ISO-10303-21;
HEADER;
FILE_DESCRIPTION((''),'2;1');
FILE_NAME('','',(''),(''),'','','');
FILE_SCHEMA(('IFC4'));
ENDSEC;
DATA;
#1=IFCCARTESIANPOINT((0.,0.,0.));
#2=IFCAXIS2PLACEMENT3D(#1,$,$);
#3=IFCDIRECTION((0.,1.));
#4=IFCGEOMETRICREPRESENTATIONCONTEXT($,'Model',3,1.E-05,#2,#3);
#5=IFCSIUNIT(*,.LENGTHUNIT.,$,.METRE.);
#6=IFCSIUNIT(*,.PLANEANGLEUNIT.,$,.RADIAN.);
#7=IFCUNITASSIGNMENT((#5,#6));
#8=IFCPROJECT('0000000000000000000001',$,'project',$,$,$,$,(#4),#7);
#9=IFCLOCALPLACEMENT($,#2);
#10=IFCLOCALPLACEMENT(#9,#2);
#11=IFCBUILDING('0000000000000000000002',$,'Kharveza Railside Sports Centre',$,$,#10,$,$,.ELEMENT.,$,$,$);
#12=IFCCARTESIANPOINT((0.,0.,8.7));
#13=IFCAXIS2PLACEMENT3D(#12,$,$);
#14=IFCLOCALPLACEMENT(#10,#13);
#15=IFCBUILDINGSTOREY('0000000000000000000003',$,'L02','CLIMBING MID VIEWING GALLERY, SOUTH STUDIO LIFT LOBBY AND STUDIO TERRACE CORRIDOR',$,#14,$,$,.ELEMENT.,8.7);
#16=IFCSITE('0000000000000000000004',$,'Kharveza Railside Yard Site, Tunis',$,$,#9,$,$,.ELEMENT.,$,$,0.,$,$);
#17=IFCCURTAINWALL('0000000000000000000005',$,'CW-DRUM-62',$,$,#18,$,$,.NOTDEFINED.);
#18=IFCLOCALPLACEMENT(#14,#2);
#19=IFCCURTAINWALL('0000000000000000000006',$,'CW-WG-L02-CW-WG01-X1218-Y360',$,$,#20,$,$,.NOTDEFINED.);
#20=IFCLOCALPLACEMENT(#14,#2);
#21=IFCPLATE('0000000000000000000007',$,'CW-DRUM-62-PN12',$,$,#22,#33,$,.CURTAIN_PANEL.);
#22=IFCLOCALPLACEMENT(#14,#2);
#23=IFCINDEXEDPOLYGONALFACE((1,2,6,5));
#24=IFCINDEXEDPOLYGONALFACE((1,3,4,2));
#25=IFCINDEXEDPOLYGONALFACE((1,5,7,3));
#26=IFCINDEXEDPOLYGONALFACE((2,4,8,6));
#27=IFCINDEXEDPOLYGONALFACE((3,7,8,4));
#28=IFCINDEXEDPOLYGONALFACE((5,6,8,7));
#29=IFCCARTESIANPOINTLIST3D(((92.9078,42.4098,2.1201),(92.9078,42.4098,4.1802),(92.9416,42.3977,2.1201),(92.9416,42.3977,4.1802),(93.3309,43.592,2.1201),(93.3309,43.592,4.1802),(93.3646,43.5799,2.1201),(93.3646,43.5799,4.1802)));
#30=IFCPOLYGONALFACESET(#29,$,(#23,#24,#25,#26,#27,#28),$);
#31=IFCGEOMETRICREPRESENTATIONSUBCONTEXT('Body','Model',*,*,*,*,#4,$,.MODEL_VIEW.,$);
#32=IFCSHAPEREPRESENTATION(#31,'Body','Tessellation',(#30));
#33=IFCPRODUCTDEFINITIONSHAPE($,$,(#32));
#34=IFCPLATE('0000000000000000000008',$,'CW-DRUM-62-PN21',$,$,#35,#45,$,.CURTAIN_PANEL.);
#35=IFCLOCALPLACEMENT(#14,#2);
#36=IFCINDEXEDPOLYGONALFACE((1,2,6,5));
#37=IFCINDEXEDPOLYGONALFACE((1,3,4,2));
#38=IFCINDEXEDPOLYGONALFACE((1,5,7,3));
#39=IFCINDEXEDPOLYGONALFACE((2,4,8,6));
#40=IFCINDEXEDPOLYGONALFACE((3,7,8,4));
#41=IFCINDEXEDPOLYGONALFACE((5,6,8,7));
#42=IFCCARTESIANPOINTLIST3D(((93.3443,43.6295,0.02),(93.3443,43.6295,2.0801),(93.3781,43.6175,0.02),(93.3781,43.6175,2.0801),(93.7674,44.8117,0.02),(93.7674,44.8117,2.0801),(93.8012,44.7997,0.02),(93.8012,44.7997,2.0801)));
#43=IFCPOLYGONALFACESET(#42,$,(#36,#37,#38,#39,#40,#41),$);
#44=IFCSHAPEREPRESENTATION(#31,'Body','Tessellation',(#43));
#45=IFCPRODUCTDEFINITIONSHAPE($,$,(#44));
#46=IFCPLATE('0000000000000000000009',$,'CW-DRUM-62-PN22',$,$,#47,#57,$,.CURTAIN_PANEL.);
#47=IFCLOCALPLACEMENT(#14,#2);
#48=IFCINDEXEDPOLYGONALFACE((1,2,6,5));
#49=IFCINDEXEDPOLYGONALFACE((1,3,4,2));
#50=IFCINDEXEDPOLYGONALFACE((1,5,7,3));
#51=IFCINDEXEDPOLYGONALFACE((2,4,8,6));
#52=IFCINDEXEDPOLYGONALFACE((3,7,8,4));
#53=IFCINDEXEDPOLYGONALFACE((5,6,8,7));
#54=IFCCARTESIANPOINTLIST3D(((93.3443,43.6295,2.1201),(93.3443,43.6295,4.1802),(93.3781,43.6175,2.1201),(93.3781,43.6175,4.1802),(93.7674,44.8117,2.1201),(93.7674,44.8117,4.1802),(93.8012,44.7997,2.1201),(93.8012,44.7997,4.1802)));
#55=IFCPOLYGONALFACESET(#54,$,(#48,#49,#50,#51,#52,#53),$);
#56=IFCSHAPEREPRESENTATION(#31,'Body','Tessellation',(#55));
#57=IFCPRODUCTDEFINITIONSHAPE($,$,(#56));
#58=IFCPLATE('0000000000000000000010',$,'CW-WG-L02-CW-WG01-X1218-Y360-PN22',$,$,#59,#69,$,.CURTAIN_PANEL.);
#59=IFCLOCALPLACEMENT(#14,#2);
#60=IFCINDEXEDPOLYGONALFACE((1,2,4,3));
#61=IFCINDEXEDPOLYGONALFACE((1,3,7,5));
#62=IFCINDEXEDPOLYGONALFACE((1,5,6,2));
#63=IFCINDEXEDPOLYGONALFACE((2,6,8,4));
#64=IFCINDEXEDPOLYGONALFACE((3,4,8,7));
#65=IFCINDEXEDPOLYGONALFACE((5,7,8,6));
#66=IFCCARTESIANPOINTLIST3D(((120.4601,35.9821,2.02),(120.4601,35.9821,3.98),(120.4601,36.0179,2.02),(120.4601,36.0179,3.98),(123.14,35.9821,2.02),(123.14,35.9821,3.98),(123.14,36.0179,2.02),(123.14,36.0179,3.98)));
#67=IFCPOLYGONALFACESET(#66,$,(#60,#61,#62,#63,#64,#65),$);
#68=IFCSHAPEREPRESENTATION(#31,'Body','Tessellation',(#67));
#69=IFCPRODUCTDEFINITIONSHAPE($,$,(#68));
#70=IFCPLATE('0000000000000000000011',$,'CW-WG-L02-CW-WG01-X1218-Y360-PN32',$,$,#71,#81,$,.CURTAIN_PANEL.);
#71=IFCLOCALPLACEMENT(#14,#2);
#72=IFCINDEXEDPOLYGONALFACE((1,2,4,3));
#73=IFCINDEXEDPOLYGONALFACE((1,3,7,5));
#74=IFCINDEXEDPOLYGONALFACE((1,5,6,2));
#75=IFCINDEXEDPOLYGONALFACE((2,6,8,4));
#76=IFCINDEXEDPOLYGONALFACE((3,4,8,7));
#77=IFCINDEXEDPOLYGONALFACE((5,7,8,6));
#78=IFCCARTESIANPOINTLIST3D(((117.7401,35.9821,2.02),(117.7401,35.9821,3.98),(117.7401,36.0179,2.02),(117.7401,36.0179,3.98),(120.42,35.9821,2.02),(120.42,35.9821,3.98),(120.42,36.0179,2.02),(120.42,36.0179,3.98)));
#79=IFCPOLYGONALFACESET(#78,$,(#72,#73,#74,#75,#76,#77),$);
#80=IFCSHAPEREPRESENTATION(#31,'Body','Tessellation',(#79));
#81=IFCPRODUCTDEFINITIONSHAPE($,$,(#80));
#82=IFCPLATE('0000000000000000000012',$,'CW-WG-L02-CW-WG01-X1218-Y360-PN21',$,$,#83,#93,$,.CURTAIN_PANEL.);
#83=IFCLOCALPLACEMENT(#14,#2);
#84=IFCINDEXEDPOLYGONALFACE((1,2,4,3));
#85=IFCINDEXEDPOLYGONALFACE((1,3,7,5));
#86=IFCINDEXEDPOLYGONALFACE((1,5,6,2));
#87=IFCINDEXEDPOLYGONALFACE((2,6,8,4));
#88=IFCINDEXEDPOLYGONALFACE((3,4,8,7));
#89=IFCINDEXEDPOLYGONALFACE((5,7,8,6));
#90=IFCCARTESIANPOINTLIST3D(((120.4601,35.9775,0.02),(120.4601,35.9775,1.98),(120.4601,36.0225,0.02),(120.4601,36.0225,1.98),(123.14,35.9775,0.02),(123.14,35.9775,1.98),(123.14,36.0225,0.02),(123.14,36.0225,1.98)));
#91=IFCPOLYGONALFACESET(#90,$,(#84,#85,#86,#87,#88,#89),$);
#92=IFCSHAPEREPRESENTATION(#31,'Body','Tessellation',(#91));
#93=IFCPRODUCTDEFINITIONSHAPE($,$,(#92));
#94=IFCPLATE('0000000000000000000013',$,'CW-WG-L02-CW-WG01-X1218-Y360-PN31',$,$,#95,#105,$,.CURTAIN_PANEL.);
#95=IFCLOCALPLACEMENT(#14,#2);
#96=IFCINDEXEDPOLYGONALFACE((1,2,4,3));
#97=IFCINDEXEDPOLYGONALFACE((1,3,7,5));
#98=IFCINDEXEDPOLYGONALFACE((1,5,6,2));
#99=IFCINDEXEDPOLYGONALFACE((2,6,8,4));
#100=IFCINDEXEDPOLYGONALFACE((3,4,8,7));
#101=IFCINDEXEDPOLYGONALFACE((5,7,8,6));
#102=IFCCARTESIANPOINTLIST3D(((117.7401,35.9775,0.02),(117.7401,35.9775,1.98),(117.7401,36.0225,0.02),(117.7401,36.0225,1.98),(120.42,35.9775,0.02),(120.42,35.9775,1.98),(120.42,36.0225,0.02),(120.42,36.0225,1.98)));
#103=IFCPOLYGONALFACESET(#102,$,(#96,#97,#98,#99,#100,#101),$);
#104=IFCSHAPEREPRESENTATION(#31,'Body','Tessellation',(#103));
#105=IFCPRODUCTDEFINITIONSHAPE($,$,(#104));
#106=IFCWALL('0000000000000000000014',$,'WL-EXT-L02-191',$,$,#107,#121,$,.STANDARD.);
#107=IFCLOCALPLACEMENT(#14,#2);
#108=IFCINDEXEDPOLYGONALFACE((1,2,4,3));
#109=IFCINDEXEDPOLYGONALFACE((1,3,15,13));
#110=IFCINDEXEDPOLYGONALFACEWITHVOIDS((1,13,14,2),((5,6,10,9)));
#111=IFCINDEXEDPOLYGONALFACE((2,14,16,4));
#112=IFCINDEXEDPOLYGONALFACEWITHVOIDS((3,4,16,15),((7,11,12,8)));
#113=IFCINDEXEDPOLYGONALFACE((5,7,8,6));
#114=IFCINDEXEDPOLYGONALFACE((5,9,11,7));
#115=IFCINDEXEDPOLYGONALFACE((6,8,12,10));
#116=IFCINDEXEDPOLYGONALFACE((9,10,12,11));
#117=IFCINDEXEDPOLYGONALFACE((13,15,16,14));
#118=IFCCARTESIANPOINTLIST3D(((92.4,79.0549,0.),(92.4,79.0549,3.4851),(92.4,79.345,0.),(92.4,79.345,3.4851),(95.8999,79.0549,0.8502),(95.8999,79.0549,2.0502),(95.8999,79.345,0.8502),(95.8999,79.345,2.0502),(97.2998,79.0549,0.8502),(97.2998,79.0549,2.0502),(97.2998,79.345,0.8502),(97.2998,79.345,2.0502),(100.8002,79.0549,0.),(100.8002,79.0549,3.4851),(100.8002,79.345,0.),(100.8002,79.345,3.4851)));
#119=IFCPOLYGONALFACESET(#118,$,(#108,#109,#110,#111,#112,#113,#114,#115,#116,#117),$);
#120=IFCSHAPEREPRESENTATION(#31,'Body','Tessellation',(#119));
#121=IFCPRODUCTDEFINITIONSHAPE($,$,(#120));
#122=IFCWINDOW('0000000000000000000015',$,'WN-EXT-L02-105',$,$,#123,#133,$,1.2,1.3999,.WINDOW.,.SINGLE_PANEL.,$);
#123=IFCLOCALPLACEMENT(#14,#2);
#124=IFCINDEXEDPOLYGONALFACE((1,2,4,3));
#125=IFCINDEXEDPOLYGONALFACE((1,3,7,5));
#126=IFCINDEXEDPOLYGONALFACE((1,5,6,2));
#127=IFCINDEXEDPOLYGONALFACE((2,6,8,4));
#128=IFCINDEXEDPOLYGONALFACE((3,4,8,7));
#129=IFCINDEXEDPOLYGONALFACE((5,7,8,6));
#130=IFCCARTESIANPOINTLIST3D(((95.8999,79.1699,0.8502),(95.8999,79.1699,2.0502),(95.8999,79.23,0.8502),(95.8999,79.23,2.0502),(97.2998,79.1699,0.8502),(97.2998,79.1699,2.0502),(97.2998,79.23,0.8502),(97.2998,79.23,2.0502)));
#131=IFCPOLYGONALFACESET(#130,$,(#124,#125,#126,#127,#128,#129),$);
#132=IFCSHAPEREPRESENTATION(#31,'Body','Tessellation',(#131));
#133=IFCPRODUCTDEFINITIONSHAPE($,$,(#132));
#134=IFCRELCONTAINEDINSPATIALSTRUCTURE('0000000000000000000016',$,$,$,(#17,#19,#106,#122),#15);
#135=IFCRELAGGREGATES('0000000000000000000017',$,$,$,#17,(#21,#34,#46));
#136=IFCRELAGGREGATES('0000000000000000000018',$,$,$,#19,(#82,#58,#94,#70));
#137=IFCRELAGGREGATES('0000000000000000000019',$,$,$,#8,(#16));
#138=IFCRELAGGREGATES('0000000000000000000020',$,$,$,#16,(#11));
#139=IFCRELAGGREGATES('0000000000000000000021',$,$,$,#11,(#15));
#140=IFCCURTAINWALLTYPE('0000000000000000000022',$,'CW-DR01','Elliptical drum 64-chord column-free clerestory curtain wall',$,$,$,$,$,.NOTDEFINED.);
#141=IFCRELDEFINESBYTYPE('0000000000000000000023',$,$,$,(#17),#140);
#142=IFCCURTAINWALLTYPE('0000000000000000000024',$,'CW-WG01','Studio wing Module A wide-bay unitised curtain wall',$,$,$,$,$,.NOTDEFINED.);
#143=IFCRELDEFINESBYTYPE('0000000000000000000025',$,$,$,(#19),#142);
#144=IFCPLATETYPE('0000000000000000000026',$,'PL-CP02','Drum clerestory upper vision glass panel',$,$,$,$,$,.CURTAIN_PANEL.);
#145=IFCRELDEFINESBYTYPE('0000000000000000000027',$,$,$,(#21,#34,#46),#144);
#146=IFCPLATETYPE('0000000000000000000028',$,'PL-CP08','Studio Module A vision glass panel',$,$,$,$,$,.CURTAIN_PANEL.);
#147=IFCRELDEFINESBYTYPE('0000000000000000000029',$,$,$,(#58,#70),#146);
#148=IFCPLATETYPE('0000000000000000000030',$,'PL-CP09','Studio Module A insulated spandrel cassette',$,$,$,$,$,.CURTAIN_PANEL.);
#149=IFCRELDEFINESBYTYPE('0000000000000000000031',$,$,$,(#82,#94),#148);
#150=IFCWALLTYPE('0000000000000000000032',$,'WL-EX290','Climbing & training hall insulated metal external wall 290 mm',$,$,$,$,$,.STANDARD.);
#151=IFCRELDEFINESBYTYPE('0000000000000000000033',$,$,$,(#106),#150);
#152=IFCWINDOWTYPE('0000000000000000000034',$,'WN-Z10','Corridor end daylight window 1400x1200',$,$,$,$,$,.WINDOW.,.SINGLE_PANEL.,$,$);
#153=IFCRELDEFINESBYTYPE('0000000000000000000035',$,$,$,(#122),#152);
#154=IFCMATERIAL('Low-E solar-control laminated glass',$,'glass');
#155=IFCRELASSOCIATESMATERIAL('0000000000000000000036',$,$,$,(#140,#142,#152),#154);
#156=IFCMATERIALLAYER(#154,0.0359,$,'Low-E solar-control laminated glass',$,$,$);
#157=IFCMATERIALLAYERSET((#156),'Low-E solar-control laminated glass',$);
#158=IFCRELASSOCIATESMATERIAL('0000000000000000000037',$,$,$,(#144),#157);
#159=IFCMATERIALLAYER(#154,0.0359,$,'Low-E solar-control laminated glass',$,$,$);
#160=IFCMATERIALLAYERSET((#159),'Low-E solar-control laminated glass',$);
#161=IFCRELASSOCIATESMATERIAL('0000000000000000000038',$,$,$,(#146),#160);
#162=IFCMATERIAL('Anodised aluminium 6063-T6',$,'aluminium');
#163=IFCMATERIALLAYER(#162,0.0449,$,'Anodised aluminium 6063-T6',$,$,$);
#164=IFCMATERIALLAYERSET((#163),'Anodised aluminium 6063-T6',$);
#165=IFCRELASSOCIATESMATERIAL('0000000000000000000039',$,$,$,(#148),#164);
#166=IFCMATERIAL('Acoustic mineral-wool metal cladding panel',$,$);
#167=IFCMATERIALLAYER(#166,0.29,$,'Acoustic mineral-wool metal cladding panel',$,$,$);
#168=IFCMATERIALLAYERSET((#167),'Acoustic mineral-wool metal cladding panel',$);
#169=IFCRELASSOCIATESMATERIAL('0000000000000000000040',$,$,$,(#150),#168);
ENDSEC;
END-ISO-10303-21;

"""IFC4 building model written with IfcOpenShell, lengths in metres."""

from ifc_helpers import new_model, si_unit, direction, frame, frame_2d, origin, origin_2d, place, context, subcontext, project, spatial, rectangle, extrude, material, layer, layer_set, type_object, element, fill, aggregate, save


model = new_model("IFC4")

# Units and contexts
model_context = context("Model", 3, precision=1e-05, world=origin(), true_north=direction((0.0, 1.0)))
body_context = subcontext(model_context, "Body", "Model", "MODEL_VIEW")
ifc_project = project(units=[si_unit("LENGTHUNIT", "METRE"), si_unit("PLANEANGLEUNIT", "RADIAN")], contexts=[model_context])

# Site, building, storey
site_placement = place(None, origin())
site = spatial("IfcSite", under=ifc_project, at=site_placement, Name="Kharveza Railside Yard Site, Tunis", CompositionType="ELEMENT", RefElevation=0.0)
building_placement = place(site_placement, origin())
building = spatial("IfcBuilding", under=site, at=building_placement, Name="Kharveza Railside Sports Centre", CompositionType="ELEMENT")
storey_placement = place(building_placement, frame((0.0, 0.0, 8.7)))
storey = spatial("IfcBuildingStorey", under=building, at=storey_placement, Name="L02", Description="CLIMBING MID VIEWING GALLERY, SOUTH STUDIO LIFT LOBBY AND STUDIO TERRACE CORRIDOR", CompositionType="ELEMENT", Elevation=8.7)

# Curtain walls
ifc_material_1 = material(Name="Low-E solar-control laminated glass", Category="glass")
curtain_wall_type_1 = type_object("IfcCurtainWallType", Name="CW-DR01", Description="Elliptical drum 64-chord column-free clerestory curtain wall", PredefinedType="NOTDEFINED", material=ifc_material_1)
ifc_material_2 = material(Name="Anodised aluminium 6063-T6", Category="aluminium")
curtain_wall_1_placement = place(storey_placement, origin())
curtain_wall_1 = element("IfcCurtainWall", 1, at=curtain_wall_1_placement, inside=storey, type_object=curtain_wall_type_1, Name="CW-DRUM-62", PredefinedType="NOTDEFINED")
curtain_wall_type_2 = type_object("IfcCurtainWallType", Name="CW-WG01", Description="Studio wing Module A wide-bay unitised curtain wall", PredefinedType="NOTDEFINED", material=ifc_material_1)
curtain_wall_2_placement = place(storey_placement, origin())
curtain_wall_2 = element("IfcCurtainWall", 2, at=curtain_wall_2_placement, inside=storey, type_object=curtain_wall_type_2, Name="CW-WG-L02-CW-WG01-X1218-Y360", PredefinedType="NOTDEFINED")

# Plates
ifc_layer_1 = layer(ifc_material_1, 0.0359, Name="Low-E solar-control laminated glass")
ifc_layer_set_1 = layer_set([ifc_layer_1], Name="Low-E solar-control laminated glass")
plate_type_1 = type_object("IfcPlateType", Name="PL-CP02", Description="Drum clerestory upper vision glass panel", PredefinedType="CURTAIN_PANEL", material=ifc_layer_set_1)
plate_1_placement = place(storey_placement, frame((93.1362, 42.9949, 2.1201), z_axis=(0.0, 0.0, 1.0), x_axis=(0.336915, 0.941535, 0.0)))
plate_1 = element("IfcPlate", 3, at=plate_1_placement, type_object=plate_type_1, Name="CW-DRUM-62-PN12", PredefinedType="CURTAIN_PANEL", context=body_context, shape_type="SweptSolid", body=[
    extrude(rectangle(XDim=1.2556, YDim=0.0359, at=origin_2d()), origin(), (0.0, 0.0, 1.0), 2.0601),
])
plate_2_placement = place(storey_placement, frame((93.5728, 44.2146, 0.02), z_axis=(0.0, 0.0, 1.0), x_axis=(0.336915, 0.941535, 0.0)))
plate_2 = element("IfcPlate", 4, at=plate_2_placement, type_object=plate_type_1, Name="CW-DRUM-62-PN21", PredefinedType="CURTAIN_PANEL", context=body_context, shape_type="SweptSolid", body=[
    extrude(rectangle(XDim=1.2556, YDim=0.0359, at=origin_2d()), origin(), (0.0, 0.0, 1.0), 2.0601),
])
plate_3_placement = place(storey_placement, frame((93.5728, 44.2146, 2.1201), z_axis=(0.0, 0.0, 1.0), x_axis=(0.336915, 0.941535, 0.0)))
plate_3 = element("IfcPlate", 5, at=plate_3_placement, type_object=plate_type_1, Name="CW-DRUM-62-PN22", PredefinedType="CURTAIN_PANEL", context=body_context, shape_type="SweptSolid", body=[
    extrude(rectangle(XDim=1.2556, YDim=0.0359, at=origin_2d()), origin(), (0.0, 0.0, 1.0), 2.0601),
])
aggregate(curtain_wall_1, [plate_1, plate_2, plate_3])
ifc_layer_2 = layer(ifc_material_1, 0.0359, Name="Low-E solar-control laminated glass")
ifc_layer_set_2 = layer_set([ifc_layer_2], Name="Low-E solar-control laminated glass")
plate_type_2 = type_object("IfcPlateType", Name="PL-CP08", Description="Studio Module A vision glass panel", PredefinedType="CURTAIN_PANEL", material=ifc_layer_set_2)
plate_4_placement = place(storey_placement, frame((121.8, 36.0, 2.02), z_axis=(0.0, 0.0, 1.0), x_axis=(-1.0, 0.0, 0.0)))
plate_4 = element("IfcPlate", 6, at=plate_4_placement, type_object=plate_type_2, Name="CW-WG-L02-CW-WG01-X1218-Y360-PN22", PredefinedType="CURTAIN_PANEL", context=body_context, shape_type="SweptSolid", body=[
    extrude(rectangle(XDim=2.6799, YDim=0.0359, at=origin_2d()), origin(), (0.0, 0.0, 1.0), 1.96),
])
plate_5_placement = place(storey_placement, frame((119.0801, 36.0, 2.02), z_axis=(0.0, 0.0, 1.0), x_axis=(-1.0, 0.0, 0.0)))
plate_5 = element("IfcPlate", 7, at=plate_5_placement, type_object=plate_type_2, Name="CW-WG-L02-CW-WG01-X1218-Y360-PN32", PredefinedType="CURTAIN_PANEL", context=body_context, shape_type="SweptSolid", body=[
    extrude(rectangle(XDim=2.6799, YDim=0.0359, at=origin_2d()), origin(), (0.0, 0.0, 1.0), 1.96),
])
ifc_layer_3 = layer(ifc_material_2, 0.0449, Name="Anodised aluminium 6063-T6")
ifc_layer_set_3 = layer_set([ifc_layer_3], Name="Anodised aluminium 6063-T6")
plate_type_3 = type_object("IfcPlateType", Name="PL-CP09", Description="Studio Module A insulated spandrel cassette", PredefinedType="CURTAIN_PANEL", material=ifc_layer_set_3)
plate_6_placement = place(storey_placement, frame((121.8, 36.0, 0.02), z_axis=(0.0, 0.0, 1.0), x_axis=(-1.0, 0.0, 0.0)))
plate_6 = element("IfcPlate", 8, at=plate_6_placement, type_object=plate_type_3, Name="CW-WG-L02-CW-WG01-X1218-Y360-PN21", PredefinedType="CURTAIN_PANEL", context=body_context, shape_type="SweptSolid", body=[
    extrude(rectangle(XDim=2.6799, YDim=0.0449, at=origin_2d()), origin(), (0.0, 0.0, 1.0), 1.96),
])
plate_7_placement = place(storey_placement, frame((119.0801, 36.0, 0.02), z_axis=(0.0, 0.0, 1.0), x_axis=(-1.0, 0.0, 0.0)))
plate_7 = element("IfcPlate", 9, at=plate_7_placement, type_object=plate_type_3, Name="CW-WG-L02-CW-WG01-X1218-Y360-PN31", PredefinedType="CURTAIN_PANEL", context=body_context, shape_type="SweptSolid", body=[
    extrude(rectangle(XDim=2.6799, YDim=0.0449, at=origin_2d()), origin(), (0.0, 0.0, 1.0), 1.96),
])
aggregate(curtain_wall_2, [plate_6, plate_4, plate_7, plate_5])

# Wall, opening, window
ifc_material_3 = material(Name="Acoustic mineral-wool metal cladding panel")
ifc_layer_4 = layer(ifc_material_3, 0.29, Name="Acoustic mineral-wool metal cladding panel")
ifc_layer_set_4 = layer_set([ifc_layer_4], Name="Acoustic mineral-wool metal cladding panel")
wall_type = type_object("IfcWallType", Name="WL-EX290", Description="Climbing & training hall insulated metal external wall 290 mm", PredefinedType="STANDARD", material=ifc_layer_set_4)
wall_placement = place(storey_placement, frame((92.3999, 79.2, 0.0), z_axis=(0.0, 0.0, 1.0), x_axis=(1.0, 0.0, 0.0)))
wall = element("IfcWall", 10, at=wall_placement, inside=storey, type_object=wall_type, Name="WL-EXT-L02-191", PredefinedType="STANDARD", context=body_context, shape_type="SweptSolid", body=[
    extrude(rectangle(XDim=8.4001, YDim=0.29, at=frame_2d((4.2002, 0.0))), origin(), (0.0, 0.0, 1.0), 3.4851),
])
opening_placement = place(wall_placement, frame((3.5, 0.0, 0.8501)))
opening = element("IfcOpeningElement", 11, at=opening_placement, cuts=wall, PredefinedType="OPENING", context=body_context, shape_type="SweptSolid", body=[
    extrude(rectangle(XDim=1.3999, YDim=1.2, at=frame_2d((0.7, 0.6001))), frame((0.0, 0.1699, 0.0), z_axis=(0.0, -1.0, 0.0), x_axis=(1.0, 0.0, 0.0)), (0.0, 0.0, 1.0), 0.3398),
])
window_type = type_object("IfcWindowType", Name="WN-Z10", Description="Corridor end daylight window 1400x1200", PartitioningType="SINGLE_PANEL", PredefinedType="WINDOW", material=ifc_material_1)
window_placement = place(opening_placement, origin())
window = element("IfcWindow", 12, at=window_placement, inside=storey, type_object=window_type, Name="WN-EXT-L02-105", OverallHeight=1.2, OverallWidth=1.3999, PartitioningType="SINGLE_PANEL", PredefinedType="WINDOW", context=body_context, shape_type="SweptSolid", body=[
    extrude(rectangle(XDim=1.3999, YDim=1.2, at=frame_2d((0.7, 0.6001))), frame((0.0, 0.03, 0.0), z_axis=(0.0, -1.0, 0.0), x_axis=(1.0, 0.0, 0.0)), (0.0, 0.0, 1.0), 0.0601),
])
fill(opening, window)

save(model, "model.ifc")
